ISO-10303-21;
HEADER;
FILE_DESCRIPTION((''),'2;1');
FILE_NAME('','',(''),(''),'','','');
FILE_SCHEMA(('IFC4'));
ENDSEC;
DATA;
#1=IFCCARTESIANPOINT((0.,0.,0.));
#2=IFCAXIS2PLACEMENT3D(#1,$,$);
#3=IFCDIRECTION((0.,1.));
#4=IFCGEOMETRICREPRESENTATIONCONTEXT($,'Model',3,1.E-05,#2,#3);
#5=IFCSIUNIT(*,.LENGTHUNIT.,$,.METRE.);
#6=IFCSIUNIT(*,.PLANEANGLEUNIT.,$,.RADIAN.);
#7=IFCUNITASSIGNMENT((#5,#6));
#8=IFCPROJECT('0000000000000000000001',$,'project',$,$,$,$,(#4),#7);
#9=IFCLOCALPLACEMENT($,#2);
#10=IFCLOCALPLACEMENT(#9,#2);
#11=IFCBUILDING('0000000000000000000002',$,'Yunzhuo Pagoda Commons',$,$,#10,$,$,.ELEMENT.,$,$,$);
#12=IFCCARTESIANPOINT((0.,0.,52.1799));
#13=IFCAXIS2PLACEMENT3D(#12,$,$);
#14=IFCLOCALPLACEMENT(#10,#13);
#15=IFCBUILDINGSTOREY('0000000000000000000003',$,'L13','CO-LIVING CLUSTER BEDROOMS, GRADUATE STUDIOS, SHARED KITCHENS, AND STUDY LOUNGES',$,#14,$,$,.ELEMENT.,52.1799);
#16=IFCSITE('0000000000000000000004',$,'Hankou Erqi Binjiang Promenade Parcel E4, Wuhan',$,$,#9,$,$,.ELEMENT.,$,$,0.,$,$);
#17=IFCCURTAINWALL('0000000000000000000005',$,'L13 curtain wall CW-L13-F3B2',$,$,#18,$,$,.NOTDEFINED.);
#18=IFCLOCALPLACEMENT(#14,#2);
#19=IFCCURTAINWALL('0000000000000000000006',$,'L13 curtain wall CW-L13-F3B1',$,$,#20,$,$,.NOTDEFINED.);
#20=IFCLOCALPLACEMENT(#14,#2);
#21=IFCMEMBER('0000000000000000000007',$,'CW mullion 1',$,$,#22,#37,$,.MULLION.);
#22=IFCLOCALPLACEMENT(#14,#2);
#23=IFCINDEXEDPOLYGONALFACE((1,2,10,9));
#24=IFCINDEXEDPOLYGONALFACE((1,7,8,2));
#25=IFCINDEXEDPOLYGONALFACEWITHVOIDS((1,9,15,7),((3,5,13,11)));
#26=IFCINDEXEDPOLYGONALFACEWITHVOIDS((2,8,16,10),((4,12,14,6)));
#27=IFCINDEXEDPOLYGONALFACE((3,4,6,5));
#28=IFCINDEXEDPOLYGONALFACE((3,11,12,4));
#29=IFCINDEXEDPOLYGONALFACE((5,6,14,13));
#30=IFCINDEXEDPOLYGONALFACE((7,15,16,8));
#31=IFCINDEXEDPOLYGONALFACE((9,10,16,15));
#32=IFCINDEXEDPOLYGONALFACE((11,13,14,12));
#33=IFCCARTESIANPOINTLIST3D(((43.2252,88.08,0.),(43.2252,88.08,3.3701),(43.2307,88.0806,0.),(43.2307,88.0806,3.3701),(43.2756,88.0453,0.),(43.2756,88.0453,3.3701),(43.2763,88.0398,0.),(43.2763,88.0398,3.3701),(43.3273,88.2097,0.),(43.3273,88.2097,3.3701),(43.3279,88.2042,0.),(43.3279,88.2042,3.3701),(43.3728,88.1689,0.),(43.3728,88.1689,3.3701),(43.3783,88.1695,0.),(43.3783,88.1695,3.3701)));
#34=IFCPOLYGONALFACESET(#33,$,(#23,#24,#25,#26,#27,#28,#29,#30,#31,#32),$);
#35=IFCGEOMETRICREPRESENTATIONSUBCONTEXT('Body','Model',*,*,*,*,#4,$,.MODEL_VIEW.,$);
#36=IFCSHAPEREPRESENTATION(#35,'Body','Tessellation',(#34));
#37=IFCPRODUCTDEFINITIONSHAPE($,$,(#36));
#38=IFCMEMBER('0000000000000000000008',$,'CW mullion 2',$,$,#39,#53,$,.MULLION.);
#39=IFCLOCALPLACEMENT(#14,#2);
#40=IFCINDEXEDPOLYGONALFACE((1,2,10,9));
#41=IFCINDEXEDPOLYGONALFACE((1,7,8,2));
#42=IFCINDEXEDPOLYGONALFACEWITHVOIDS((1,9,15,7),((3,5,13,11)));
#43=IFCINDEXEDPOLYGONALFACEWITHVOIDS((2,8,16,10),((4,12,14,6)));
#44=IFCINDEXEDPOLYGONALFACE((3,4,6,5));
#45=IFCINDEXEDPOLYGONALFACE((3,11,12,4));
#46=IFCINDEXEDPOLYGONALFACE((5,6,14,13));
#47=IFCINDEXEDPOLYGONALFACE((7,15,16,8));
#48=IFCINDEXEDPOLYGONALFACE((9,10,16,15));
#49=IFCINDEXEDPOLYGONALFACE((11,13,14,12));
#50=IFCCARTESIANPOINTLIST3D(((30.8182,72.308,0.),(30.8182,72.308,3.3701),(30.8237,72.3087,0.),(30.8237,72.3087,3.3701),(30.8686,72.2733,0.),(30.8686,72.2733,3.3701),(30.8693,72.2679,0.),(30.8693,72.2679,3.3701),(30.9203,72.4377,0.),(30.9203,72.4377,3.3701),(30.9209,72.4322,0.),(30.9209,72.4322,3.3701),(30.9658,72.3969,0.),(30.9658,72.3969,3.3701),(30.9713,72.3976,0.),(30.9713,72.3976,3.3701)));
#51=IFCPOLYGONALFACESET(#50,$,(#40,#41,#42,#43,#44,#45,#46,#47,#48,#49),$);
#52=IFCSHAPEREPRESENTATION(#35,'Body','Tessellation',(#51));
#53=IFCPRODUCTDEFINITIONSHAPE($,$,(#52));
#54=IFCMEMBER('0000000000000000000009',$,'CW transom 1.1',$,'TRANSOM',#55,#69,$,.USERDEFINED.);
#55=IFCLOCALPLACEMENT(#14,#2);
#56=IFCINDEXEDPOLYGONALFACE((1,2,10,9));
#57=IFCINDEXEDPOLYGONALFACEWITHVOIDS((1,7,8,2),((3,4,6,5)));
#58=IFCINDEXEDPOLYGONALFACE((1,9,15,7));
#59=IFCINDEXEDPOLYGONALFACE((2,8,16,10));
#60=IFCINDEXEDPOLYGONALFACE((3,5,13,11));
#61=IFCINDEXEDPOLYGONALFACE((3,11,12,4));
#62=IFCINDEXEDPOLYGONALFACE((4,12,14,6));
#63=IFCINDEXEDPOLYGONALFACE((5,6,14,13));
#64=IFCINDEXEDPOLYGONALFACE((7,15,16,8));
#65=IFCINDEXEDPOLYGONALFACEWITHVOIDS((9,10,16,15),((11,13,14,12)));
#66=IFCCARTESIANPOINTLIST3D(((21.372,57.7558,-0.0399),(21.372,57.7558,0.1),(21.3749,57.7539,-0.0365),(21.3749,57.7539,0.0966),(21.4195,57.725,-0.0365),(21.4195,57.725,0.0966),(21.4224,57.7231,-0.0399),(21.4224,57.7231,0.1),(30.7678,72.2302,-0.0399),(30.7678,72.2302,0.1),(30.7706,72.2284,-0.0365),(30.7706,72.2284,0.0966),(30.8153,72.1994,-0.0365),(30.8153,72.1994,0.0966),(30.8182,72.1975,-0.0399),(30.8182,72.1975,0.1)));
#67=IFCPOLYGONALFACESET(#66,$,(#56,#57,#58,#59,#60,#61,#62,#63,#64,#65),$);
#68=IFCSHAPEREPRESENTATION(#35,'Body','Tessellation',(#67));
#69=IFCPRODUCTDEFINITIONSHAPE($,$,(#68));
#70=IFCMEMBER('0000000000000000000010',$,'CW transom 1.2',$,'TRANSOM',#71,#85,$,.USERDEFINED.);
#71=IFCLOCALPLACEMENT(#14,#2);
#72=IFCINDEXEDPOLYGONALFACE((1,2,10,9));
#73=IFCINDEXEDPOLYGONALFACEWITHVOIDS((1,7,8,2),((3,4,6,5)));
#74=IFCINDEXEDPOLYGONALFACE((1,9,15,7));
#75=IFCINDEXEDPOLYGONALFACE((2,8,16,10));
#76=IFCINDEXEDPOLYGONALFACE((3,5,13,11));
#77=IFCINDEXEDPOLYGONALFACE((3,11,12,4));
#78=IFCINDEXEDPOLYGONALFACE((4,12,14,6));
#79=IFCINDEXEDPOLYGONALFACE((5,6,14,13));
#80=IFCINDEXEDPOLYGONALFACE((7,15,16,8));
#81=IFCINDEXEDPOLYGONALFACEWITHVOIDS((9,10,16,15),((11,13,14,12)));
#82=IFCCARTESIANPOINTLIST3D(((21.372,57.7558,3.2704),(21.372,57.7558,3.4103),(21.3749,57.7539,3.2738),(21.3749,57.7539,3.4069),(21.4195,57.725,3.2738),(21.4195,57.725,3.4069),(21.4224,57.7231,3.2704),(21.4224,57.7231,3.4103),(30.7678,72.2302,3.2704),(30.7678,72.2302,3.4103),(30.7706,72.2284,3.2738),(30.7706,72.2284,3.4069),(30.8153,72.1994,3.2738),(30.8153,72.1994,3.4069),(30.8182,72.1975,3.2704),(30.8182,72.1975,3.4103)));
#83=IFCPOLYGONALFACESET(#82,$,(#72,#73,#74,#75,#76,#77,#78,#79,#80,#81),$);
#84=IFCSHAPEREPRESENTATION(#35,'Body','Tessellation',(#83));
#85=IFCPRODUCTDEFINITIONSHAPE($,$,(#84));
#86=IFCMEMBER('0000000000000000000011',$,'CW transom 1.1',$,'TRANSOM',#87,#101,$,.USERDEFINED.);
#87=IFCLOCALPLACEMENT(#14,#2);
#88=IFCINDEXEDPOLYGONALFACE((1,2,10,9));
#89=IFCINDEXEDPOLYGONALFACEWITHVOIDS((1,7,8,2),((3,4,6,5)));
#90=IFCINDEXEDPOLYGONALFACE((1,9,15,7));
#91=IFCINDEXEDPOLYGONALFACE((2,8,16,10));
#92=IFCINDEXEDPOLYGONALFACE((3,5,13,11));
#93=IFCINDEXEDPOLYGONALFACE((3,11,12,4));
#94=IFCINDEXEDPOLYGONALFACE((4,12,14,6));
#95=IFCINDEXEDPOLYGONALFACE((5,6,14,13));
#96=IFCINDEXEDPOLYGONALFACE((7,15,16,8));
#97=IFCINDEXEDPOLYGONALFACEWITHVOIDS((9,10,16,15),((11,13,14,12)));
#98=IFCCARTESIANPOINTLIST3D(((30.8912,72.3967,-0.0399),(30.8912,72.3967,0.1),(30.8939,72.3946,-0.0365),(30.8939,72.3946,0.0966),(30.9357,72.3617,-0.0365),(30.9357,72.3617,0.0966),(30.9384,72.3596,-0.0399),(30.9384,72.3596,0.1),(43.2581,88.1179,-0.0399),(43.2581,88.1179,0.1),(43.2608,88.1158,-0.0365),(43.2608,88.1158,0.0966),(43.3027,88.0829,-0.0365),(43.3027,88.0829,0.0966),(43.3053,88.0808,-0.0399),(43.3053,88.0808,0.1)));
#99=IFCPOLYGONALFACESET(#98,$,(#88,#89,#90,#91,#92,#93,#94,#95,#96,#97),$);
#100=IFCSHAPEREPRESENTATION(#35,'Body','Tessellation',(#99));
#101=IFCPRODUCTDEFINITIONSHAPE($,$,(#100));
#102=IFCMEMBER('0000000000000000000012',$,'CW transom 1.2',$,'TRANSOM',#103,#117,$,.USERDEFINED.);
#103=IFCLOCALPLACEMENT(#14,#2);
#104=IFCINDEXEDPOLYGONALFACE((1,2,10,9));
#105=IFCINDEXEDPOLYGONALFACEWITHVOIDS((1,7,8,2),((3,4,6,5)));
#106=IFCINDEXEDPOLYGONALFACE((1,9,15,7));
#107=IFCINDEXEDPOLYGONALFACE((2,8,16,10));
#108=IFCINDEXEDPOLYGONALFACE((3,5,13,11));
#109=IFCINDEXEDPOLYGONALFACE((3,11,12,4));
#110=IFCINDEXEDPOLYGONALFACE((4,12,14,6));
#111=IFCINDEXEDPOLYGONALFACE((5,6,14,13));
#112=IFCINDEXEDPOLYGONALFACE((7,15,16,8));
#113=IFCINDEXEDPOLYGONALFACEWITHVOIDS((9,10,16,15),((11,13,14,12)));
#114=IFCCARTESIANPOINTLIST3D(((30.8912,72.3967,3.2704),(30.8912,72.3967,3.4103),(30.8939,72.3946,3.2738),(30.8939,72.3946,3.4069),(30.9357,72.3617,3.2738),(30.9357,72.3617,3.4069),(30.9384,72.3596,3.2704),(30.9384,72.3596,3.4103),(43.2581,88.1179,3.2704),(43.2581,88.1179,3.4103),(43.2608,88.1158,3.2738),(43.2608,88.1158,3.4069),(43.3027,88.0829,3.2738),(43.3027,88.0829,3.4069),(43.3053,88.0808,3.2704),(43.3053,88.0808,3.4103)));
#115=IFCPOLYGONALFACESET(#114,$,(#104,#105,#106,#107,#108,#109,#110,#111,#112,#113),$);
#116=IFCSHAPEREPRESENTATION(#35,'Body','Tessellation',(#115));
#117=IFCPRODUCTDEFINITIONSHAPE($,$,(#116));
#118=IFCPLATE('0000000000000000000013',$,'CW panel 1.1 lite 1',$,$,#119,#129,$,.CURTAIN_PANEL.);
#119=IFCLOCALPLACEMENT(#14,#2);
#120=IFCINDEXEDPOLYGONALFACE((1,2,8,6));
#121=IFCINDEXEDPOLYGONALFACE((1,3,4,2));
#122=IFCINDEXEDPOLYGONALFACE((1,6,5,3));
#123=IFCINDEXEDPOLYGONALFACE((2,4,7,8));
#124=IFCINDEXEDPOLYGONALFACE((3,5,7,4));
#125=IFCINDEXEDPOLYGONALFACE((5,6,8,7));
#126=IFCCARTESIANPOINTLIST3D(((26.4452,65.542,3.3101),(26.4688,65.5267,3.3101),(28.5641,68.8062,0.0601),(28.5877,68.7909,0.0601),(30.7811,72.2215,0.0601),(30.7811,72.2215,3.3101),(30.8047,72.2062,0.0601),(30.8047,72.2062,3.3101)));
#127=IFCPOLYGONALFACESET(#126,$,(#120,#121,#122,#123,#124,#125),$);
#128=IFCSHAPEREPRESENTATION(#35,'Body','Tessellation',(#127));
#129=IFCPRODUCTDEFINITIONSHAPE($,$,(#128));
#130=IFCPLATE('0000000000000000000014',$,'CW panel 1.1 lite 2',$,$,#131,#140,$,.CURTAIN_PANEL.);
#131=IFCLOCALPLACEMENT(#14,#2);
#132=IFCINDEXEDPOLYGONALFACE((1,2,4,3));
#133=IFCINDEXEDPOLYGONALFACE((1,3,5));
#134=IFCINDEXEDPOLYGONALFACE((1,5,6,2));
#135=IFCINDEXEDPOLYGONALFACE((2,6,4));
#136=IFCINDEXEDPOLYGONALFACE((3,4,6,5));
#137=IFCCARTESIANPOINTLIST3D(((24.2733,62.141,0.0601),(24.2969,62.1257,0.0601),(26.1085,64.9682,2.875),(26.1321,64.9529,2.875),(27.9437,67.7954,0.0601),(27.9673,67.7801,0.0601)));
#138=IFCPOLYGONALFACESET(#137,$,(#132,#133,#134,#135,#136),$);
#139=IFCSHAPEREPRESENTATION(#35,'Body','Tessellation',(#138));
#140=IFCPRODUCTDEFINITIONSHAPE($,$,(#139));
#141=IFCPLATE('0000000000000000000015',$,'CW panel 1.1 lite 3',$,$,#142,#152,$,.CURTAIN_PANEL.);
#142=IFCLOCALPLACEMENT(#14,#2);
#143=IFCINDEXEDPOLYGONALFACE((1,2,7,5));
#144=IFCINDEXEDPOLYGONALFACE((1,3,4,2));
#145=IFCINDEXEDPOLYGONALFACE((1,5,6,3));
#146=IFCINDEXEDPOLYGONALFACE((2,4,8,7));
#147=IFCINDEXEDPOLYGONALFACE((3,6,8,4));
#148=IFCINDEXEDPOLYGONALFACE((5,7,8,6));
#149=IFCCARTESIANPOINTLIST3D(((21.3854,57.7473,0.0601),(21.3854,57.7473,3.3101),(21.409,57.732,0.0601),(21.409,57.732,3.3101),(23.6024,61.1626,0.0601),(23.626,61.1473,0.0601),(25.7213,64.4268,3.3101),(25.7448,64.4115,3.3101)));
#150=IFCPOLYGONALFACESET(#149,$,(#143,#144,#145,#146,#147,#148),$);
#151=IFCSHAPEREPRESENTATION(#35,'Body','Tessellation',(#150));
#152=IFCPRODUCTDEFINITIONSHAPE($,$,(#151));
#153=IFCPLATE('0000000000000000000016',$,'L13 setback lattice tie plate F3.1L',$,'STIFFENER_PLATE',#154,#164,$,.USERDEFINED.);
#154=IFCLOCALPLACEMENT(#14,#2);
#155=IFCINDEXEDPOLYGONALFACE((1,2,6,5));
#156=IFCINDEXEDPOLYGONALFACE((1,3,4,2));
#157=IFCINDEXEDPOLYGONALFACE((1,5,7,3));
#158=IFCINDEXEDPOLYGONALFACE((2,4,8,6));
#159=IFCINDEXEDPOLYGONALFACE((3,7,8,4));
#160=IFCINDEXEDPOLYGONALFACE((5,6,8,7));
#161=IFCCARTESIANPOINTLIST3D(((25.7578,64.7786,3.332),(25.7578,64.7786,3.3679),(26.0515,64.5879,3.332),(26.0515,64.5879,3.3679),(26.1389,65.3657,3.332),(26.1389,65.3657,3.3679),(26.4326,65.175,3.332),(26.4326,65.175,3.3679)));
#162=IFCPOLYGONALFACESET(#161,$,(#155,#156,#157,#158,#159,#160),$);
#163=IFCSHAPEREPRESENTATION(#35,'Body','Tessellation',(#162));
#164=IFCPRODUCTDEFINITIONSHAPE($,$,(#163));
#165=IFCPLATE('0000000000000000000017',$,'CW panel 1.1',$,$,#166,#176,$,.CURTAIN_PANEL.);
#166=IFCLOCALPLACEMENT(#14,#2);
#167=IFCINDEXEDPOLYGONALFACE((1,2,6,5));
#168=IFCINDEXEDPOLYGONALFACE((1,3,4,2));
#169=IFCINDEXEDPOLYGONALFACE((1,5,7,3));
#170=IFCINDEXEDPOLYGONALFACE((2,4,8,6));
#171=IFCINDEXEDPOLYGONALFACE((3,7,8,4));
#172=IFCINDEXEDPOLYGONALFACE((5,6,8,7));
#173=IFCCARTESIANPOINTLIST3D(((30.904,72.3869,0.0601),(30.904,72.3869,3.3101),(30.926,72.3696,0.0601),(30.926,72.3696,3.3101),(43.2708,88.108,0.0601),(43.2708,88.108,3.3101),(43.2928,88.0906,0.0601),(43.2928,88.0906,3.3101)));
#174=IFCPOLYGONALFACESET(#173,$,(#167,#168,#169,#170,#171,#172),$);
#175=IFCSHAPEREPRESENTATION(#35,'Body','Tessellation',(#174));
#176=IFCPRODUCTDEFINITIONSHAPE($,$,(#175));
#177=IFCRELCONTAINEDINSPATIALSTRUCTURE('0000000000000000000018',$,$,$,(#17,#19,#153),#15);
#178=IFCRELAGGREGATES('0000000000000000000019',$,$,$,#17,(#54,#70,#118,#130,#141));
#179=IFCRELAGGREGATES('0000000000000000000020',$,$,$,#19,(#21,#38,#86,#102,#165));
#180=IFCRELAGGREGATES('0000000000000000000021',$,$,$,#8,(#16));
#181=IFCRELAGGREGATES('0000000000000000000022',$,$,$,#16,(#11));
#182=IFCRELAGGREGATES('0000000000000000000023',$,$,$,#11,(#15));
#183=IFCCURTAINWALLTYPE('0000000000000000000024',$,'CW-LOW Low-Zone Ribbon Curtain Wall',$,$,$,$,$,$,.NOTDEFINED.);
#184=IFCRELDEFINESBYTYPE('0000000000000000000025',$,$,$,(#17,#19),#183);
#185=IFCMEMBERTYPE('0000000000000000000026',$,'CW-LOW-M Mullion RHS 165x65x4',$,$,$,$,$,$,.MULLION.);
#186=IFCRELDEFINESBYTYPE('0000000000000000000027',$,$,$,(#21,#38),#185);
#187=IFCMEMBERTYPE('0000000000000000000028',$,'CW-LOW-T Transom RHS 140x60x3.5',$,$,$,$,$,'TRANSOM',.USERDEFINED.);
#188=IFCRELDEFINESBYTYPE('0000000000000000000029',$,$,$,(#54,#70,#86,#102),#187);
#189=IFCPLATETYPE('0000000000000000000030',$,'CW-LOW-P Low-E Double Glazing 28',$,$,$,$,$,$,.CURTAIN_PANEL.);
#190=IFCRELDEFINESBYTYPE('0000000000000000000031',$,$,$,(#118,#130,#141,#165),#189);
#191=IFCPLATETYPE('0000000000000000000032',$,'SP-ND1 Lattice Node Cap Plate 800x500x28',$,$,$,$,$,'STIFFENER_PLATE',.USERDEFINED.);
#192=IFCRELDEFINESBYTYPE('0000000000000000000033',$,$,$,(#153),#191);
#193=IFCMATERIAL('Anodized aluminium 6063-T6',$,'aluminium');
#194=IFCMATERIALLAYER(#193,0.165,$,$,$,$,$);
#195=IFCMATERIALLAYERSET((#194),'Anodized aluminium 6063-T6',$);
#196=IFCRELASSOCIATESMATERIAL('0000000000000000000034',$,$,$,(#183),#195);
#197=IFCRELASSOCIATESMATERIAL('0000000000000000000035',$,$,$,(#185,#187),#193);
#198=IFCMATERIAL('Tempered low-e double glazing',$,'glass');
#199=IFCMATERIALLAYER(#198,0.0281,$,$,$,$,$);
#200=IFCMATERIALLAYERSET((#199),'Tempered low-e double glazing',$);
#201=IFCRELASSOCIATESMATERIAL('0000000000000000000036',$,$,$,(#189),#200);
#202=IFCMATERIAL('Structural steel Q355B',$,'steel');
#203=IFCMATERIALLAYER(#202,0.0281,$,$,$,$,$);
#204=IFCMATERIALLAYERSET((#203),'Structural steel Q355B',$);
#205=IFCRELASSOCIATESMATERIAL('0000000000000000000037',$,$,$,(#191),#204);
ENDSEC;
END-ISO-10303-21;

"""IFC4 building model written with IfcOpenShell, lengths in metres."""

from ifc_helpers import new_model, si_unit, direction, frame, origin, origin_2d, place, context, subcontext, project, spatial, polyline, rectangle, hollow_rectangle, outline, extrude, source, transform, mapped, material, layer, layer_set, material_profile, profile_set, type_object, element, aggregate, save


model = new_model("IFC4")

# Units and contexts
model_context = context("Model", 3, precision=1e-05, world=origin(), true_north=direction((0.0, 1.0)))
body_context = subcontext(model_context, "Body", "Model", "MODEL_VIEW")
ifc_project = project(units=[si_unit("LENGTHUNIT", "METRE"), si_unit("PLANEANGLEUNIT", "RADIAN")], contexts=[model_context])

# Site, building, storey
site_placement = place(None, origin())
site = spatial("IfcSite", under=ifc_project, at=site_placement, Name="Hankou Erqi Binjiang Promenade Parcel E4, Wuhan", CompositionType="ELEMENT", RefElevation=0.0)
building_placement = place(site_placement, origin())
building = spatial("IfcBuilding", under=site, at=building_placement, Name="Yunzhuo Pagoda Commons", CompositionType="ELEMENT")
storey_placement = place(building_placement, frame((0.0, 0.0, 52.1799)))
storey = spatial("IfcBuildingStorey", under=building, at=storey_placement, Name="L13", Description="CO-LIVING CLUSTER BEDROOMS, GRADUATE STUDIOS, SHARED KITCHENS, AND STUDY LOUNGES", CompositionType="ELEMENT", Elevation=52.1799)

# Shared definitions
ifc_material_1 = material(Name="Structural steel Q355B", Category="steel")

# Curtain wall
ifc_material_2 = material(Name="Anodized aluminium 6063-T6", Category="aluminium")
ifc_layer_1 = layer(ifc_material_2, 0.165)
ifc_layer_set_1 = layer_set([ifc_layer_1], Name="Anodized aluminium 6063-T6")
curtain_wall_type = type_object("IfcCurtainWallType", Name="CW-LOW Low-Zone Ribbon Curtain Wall", PredefinedType="NOTDEFINED", material=ifc_layer_set_1)
curtain_wall_1_placement = place(storey_placement, origin())
curtain_wall_1 = element("IfcCurtainWall", 1, at=curtain_wall_1_placement, inside=storey, type_object=curtain_wall_type, Name="L13 curtain wall CW-L13-F3B2", PredefinedType="NOTDEFINED")
ifc_material_profile_1 = material_profile(ifc_material_2, hollow_rectangle(XDim=0.0649, YDim=0.165, WallThickness=0.0039, at=origin_2d()), Name="Anodized aluminium 6063-T6")
ifc_profile_set_1 = profile_set([ifc_material_profile_1], Name="Anodized aluminium 6063-T6")
member_type_1 = type_object("IfcMemberType", Name="CW-LOW-M Mullion RHS 165x65x4", PredefinedType="MULLION", material=ifc_profile_set_1)
shared_shape_1 = source(origin(), body_context, "Body", "SweptSolid", [
    extrude(hollow_rectangle(XDim=0.0649, YDim=0.165, WallThickness=0.0039, at=origin_2d()), origin(), (0.0, 0.0, 1.0), 3.3701),
])

# Curtain wall, members
curtain_wall_2_placement = place(storey_placement, origin())
curtain_wall_2 = element("IfcCurtainWall", 2, at=curtain_wall_2_placement, inside=storey, type_object=curtain_wall_type, Name="L13 curtain wall CW-L13-F3B1", PredefinedType="NOTDEFINED")
member_1_placement = place(storey_placement, frame((43.3018, 88.1248, 0.0), z_axis=(0.0, 0.0, 1.0), x_axis=(0.785964, -0.618272, 0.0)))
member_1 = element("IfcMember", 3, at=member_1_placement, type_object=member_type_1, Name="CW mullion 1", PredefinedType="MULLION", context=body_context, shape_type="MappedRepresentation", body=[
    mapped(shared_shape_1, transform((0.0, 0.0, 0.0), scale=1.0)),
])
member_2_placement = place(storey_placement, frame((30.8948, 72.3528, 0.0), z_axis=(0.0, 0.0, 1.0), x_axis=(0.785964, -0.618272, 0.0)))
member_2 = element("IfcMember", 4, at=member_2_placement, type_object=member_type_1, Name="CW mullion 2", PredefinedType="MULLION", context=body_context, shape_type="MappedRepresentation", body=[
    mapped(shared_shape_1, transform((0.0, 0.0, 0.0), scale=1.0)),
])

# Members
ifc_material_profile_2 = material_profile(ifc_material_2, hollow_rectangle(XDim=0.0601, YDim=0.1399, WallThickness=0.0034, at=origin_2d()), Name="Anodized aluminium 6063-T6")
ifc_profile_set_2 = profile_set([ifc_material_profile_2], Name="Anodized aluminium 6063-T6")
member_type_2 = type_object("IfcMemberType", Name="CW-LOW-T Transom RHS 140x60x3.5", ElementType="TRANSOM", PredefinedType="USERDEFINED", material=ifc_profile_set_2)
shared_shape_2 = source(origin(), body_context, "Body", "SweptSolid", [
    extrude(hollow_rectangle(XDim=0.0601, YDim=0.1399, WallThickness=0.0034, at=origin_2d()), origin(), (0.0, 0.0, 1.0), 17.2566),
])
member_3_placement = place(storey_placement, frame((30.793, 72.2139, 0.03), z_axis=(-0.544476, -0.838777, 0.0), x_axis=(0.838777, -0.544476, 0.0)))
member_3 = element("IfcMember", 5, at=member_3_placement, type_object=member_type_2, Name="CW transom 1.1", ObjectType="TRANSOM", PredefinedType="USERDEFINED", context=body_context, shape_type="MappedRepresentation", body=[
    mapped(shared_shape_2, transform((0.0, 0.0, 0.0), scale=1.0)),
])
member_4_placement = place(storey_placement, frame((30.793, 72.2139, 3.3403), z_axis=(-0.544476, -0.838777, 0.0), x_axis=(0.838777, -0.544476, 0.0)))
member_4 = element("IfcMember", 6, at=member_4_placement, type_object=member_type_2, Name="CW transom 1.2", ObjectType="TRANSOM", PredefinedType="USERDEFINED", context=body_context, shape_type="MappedRepresentation", body=[
    mapped(shared_shape_2, transform((0.0, 0.0, 0.0), scale=1.0)),
])
shared_shape_3 = source(origin(), body_context, "Body", "SweptSolid", [
    extrude(hollow_rectangle(XDim=0.0601, YDim=0.1399, WallThickness=0.0034, at=origin_2d()), origin(), (0.0, 0.0, 1.0), 20.0024),
])
member_5_placement = place(storey_placement, frame((43.2817, 88.0994, 0.03), z_axis=(-0.618272, -0.785964, 0.0), x_axis=(0.785964, -0.618272, 0.0)))
member_5 = element("IfcMember", 7, at=member_5_placement, type_object=member_type_2, Name="CW transom 1.1", ObjectType="TRANSOM", PredefinedType="USERDEFINED", context=body_context, shape_type="MappedRepresentation", body=[
    mapped(shared_shape_3, transform((0.0, 0.0, 0.0), scale=1.0)),
])
member_6_placement = place(storey_placement, frame((43.2817, 88.0994, 3.3403), z_axis=(-0.618272, -0.785964, 0.0), x_axis=(0.785964, -0.618272, 0.0)))
member_6 = element("IfcMember", 8, at=member_6_placement, type_object=member_type_2, Name="CW transom 1.2", ObjectType="TRANSOM", PredefinedType="USERDEFINED", context=body_context, shape_type="MappedRepresentation", body=[
    mapped(shared_shape_3, transform((0.0, 0.0, 0.0), scale=1.0)),
])

# Plates
ifc_material_3 = material(Name="Tempered low-e double glazing", Category="glass")
ifc_layer_2 = layer(ifc_material_3, 0.0281)
ifc_layer_set_2 = layer_set([ifc_layer_2], Name="Tempered low-e double glazing")
plate_type_1 = type_object("IfcPlateType", Name="CW-LOW-P Low-E Double Glazing 28", PredefinedType="CURTAIN_PANEL", material=ifc_layer_set_2)
plate_1_placement = place(storey_placement, frame((28.6367, 68.8665, 1.6851), z_axis=(-0.838777, 0.544476, 0.0), x_axis=(-0.544476, -0.838777, 0.0)))
plate_1 = element("IfcPlate", 9, at=plate_1_placement, type_object=plate_type_1, Name="CW panel 1.1 lite 1", PredefinedType="CURTAIN_PANEL", context=body_context, shape_type="SweptSolid", body=[
    extrude(outline(polyline([(-3.9817, -1.625), (0.0901, -1.625), (3.9817, 1.625), (-3.9817, 1.625), (-3.9817, -1.625)])), origin(), (0.0, 0.0, 1.0), 0.0281),
])
plate_2_placement = place(storey_placement, frame((26.1321, 64.9529, 1.4675), z_axis=(-0.838777, 0.544476, 0.0), x_axis=(-0.544476, -0.838777, 0.0)))
plate_2 = element("IfcPlate", 10, at=plate_2_placement, type_object=plate_type_1, Name="CW panel 1.1 lite 2", PredefinedType="CURTAIN_PANEL", context=body_context, shape_type="SweptSolid", body=[
    extrude(outline(polyline([(-3.3706, -1.4075), (3.3706, -1.4075), (0.0, 1.4075), (-3.3706, -1.4075)])), origin(), (0.0, 0.0, 1.0), 0.0281),
])
plate_3_placement = place(storey_placement, frame((23.5769, 61.0718, 1.6851), z_axis=(-0.838777, 0.544476, 0.0), x_axis=(-0.544476, -0.838777, 0.0)))
plate_3 = element("IfcPlate", 11, at=plate_3_placement, type_object=plate_type_1, Name="CW panel 1.1 lite 3", PredefinedType="CURTAIN_PANEL", context=body_context, shape_type="SweptSolid", body=[
    extrude(outline(polyline([(-3.9817, 1.625), (-0.0901, -1.625), (3.9817, -1.625), (3.9817, 1.625), (-3.9817, 1.625)])), origin(), (0.0, 0.0, 1.0), 0.0281),
])
aggregate(curtain_wall_1, [member_3, member_4, plate_1, plate_2, plate_3])
ifc_layer_3 = layer(ifc_material_1, 0.0281)
ifc_layer_set_3 = layer_set([ifc_layer_3], Name="Structural steel Q355B")
plate_type_2 = type_object("IfcPlateType", Name="SP-ND1 Lattice Node Cap Plate 800x500x28", ElementType="STIFFENER_PLATE", PredefinedType="USERDEFINED", material=ifc_layer_set_3)
shared_shape_4 = source(origin(), body_context, "Body", "SweptSolid", [
    extrude(rectangle(XDim=0.7, YDim=0.3501, at=origin_2d()), origin(), (0.0, 0.0, 1.0), 0.0359),
])
plate_4_placement = place(storey_placement, frame((26.0952, 64.9768, 3.332), z_axis=(0.0, 0.0, 1.0), x_axis=(-0.544478, -0.838775, 0.0)))
element("IfcPlate", 12, at=plate_4_placement, inside=storey, type_object=plate_type_2, Name="L13 setback lattice tie plate F3.1L", ObjectType="STIFFENER_PLATE", PredefinedType="USERDEFINED", context=body_context, shape_type="MappedRepresentation", body=[
    mapped(shared_shape_4, transform((0.0, 0.0, 0.0), scale=1.0)),
])
shared_shape_5 = source(origin(), body_context, "Body", "SweptSolid", [
    extrude(rectangle(XDim=20.0022, YDim=0.0281, at=origin_2d()), origin(), (0.0, 0.0, 1.0), 3.25),
])
plate_5_placement = place(storey_placement, frame((37.0984, 80.2388, 0.0601), z_axis=(0.0, 0.0, 1.0), x_axis=(-0.618272, -0.785964, 0.0)))
plate_5 = element("IfcPlate", 13, at=plate_5_placement, type_object=plate_type_1, Name="CW panel 1.1", PredefinedType="CURTAIN_PANEL", context=body_context, shape_type="MappedRepresentation", body=[
    mapped(shared_shape_5, transform((0.0, 0.0, 0.0), scale=1.0)),
])
aggregate(curtain_wall_2, [member_1, member_2, member_5, member_6, plate_5])

save(model, "model.ifc")
